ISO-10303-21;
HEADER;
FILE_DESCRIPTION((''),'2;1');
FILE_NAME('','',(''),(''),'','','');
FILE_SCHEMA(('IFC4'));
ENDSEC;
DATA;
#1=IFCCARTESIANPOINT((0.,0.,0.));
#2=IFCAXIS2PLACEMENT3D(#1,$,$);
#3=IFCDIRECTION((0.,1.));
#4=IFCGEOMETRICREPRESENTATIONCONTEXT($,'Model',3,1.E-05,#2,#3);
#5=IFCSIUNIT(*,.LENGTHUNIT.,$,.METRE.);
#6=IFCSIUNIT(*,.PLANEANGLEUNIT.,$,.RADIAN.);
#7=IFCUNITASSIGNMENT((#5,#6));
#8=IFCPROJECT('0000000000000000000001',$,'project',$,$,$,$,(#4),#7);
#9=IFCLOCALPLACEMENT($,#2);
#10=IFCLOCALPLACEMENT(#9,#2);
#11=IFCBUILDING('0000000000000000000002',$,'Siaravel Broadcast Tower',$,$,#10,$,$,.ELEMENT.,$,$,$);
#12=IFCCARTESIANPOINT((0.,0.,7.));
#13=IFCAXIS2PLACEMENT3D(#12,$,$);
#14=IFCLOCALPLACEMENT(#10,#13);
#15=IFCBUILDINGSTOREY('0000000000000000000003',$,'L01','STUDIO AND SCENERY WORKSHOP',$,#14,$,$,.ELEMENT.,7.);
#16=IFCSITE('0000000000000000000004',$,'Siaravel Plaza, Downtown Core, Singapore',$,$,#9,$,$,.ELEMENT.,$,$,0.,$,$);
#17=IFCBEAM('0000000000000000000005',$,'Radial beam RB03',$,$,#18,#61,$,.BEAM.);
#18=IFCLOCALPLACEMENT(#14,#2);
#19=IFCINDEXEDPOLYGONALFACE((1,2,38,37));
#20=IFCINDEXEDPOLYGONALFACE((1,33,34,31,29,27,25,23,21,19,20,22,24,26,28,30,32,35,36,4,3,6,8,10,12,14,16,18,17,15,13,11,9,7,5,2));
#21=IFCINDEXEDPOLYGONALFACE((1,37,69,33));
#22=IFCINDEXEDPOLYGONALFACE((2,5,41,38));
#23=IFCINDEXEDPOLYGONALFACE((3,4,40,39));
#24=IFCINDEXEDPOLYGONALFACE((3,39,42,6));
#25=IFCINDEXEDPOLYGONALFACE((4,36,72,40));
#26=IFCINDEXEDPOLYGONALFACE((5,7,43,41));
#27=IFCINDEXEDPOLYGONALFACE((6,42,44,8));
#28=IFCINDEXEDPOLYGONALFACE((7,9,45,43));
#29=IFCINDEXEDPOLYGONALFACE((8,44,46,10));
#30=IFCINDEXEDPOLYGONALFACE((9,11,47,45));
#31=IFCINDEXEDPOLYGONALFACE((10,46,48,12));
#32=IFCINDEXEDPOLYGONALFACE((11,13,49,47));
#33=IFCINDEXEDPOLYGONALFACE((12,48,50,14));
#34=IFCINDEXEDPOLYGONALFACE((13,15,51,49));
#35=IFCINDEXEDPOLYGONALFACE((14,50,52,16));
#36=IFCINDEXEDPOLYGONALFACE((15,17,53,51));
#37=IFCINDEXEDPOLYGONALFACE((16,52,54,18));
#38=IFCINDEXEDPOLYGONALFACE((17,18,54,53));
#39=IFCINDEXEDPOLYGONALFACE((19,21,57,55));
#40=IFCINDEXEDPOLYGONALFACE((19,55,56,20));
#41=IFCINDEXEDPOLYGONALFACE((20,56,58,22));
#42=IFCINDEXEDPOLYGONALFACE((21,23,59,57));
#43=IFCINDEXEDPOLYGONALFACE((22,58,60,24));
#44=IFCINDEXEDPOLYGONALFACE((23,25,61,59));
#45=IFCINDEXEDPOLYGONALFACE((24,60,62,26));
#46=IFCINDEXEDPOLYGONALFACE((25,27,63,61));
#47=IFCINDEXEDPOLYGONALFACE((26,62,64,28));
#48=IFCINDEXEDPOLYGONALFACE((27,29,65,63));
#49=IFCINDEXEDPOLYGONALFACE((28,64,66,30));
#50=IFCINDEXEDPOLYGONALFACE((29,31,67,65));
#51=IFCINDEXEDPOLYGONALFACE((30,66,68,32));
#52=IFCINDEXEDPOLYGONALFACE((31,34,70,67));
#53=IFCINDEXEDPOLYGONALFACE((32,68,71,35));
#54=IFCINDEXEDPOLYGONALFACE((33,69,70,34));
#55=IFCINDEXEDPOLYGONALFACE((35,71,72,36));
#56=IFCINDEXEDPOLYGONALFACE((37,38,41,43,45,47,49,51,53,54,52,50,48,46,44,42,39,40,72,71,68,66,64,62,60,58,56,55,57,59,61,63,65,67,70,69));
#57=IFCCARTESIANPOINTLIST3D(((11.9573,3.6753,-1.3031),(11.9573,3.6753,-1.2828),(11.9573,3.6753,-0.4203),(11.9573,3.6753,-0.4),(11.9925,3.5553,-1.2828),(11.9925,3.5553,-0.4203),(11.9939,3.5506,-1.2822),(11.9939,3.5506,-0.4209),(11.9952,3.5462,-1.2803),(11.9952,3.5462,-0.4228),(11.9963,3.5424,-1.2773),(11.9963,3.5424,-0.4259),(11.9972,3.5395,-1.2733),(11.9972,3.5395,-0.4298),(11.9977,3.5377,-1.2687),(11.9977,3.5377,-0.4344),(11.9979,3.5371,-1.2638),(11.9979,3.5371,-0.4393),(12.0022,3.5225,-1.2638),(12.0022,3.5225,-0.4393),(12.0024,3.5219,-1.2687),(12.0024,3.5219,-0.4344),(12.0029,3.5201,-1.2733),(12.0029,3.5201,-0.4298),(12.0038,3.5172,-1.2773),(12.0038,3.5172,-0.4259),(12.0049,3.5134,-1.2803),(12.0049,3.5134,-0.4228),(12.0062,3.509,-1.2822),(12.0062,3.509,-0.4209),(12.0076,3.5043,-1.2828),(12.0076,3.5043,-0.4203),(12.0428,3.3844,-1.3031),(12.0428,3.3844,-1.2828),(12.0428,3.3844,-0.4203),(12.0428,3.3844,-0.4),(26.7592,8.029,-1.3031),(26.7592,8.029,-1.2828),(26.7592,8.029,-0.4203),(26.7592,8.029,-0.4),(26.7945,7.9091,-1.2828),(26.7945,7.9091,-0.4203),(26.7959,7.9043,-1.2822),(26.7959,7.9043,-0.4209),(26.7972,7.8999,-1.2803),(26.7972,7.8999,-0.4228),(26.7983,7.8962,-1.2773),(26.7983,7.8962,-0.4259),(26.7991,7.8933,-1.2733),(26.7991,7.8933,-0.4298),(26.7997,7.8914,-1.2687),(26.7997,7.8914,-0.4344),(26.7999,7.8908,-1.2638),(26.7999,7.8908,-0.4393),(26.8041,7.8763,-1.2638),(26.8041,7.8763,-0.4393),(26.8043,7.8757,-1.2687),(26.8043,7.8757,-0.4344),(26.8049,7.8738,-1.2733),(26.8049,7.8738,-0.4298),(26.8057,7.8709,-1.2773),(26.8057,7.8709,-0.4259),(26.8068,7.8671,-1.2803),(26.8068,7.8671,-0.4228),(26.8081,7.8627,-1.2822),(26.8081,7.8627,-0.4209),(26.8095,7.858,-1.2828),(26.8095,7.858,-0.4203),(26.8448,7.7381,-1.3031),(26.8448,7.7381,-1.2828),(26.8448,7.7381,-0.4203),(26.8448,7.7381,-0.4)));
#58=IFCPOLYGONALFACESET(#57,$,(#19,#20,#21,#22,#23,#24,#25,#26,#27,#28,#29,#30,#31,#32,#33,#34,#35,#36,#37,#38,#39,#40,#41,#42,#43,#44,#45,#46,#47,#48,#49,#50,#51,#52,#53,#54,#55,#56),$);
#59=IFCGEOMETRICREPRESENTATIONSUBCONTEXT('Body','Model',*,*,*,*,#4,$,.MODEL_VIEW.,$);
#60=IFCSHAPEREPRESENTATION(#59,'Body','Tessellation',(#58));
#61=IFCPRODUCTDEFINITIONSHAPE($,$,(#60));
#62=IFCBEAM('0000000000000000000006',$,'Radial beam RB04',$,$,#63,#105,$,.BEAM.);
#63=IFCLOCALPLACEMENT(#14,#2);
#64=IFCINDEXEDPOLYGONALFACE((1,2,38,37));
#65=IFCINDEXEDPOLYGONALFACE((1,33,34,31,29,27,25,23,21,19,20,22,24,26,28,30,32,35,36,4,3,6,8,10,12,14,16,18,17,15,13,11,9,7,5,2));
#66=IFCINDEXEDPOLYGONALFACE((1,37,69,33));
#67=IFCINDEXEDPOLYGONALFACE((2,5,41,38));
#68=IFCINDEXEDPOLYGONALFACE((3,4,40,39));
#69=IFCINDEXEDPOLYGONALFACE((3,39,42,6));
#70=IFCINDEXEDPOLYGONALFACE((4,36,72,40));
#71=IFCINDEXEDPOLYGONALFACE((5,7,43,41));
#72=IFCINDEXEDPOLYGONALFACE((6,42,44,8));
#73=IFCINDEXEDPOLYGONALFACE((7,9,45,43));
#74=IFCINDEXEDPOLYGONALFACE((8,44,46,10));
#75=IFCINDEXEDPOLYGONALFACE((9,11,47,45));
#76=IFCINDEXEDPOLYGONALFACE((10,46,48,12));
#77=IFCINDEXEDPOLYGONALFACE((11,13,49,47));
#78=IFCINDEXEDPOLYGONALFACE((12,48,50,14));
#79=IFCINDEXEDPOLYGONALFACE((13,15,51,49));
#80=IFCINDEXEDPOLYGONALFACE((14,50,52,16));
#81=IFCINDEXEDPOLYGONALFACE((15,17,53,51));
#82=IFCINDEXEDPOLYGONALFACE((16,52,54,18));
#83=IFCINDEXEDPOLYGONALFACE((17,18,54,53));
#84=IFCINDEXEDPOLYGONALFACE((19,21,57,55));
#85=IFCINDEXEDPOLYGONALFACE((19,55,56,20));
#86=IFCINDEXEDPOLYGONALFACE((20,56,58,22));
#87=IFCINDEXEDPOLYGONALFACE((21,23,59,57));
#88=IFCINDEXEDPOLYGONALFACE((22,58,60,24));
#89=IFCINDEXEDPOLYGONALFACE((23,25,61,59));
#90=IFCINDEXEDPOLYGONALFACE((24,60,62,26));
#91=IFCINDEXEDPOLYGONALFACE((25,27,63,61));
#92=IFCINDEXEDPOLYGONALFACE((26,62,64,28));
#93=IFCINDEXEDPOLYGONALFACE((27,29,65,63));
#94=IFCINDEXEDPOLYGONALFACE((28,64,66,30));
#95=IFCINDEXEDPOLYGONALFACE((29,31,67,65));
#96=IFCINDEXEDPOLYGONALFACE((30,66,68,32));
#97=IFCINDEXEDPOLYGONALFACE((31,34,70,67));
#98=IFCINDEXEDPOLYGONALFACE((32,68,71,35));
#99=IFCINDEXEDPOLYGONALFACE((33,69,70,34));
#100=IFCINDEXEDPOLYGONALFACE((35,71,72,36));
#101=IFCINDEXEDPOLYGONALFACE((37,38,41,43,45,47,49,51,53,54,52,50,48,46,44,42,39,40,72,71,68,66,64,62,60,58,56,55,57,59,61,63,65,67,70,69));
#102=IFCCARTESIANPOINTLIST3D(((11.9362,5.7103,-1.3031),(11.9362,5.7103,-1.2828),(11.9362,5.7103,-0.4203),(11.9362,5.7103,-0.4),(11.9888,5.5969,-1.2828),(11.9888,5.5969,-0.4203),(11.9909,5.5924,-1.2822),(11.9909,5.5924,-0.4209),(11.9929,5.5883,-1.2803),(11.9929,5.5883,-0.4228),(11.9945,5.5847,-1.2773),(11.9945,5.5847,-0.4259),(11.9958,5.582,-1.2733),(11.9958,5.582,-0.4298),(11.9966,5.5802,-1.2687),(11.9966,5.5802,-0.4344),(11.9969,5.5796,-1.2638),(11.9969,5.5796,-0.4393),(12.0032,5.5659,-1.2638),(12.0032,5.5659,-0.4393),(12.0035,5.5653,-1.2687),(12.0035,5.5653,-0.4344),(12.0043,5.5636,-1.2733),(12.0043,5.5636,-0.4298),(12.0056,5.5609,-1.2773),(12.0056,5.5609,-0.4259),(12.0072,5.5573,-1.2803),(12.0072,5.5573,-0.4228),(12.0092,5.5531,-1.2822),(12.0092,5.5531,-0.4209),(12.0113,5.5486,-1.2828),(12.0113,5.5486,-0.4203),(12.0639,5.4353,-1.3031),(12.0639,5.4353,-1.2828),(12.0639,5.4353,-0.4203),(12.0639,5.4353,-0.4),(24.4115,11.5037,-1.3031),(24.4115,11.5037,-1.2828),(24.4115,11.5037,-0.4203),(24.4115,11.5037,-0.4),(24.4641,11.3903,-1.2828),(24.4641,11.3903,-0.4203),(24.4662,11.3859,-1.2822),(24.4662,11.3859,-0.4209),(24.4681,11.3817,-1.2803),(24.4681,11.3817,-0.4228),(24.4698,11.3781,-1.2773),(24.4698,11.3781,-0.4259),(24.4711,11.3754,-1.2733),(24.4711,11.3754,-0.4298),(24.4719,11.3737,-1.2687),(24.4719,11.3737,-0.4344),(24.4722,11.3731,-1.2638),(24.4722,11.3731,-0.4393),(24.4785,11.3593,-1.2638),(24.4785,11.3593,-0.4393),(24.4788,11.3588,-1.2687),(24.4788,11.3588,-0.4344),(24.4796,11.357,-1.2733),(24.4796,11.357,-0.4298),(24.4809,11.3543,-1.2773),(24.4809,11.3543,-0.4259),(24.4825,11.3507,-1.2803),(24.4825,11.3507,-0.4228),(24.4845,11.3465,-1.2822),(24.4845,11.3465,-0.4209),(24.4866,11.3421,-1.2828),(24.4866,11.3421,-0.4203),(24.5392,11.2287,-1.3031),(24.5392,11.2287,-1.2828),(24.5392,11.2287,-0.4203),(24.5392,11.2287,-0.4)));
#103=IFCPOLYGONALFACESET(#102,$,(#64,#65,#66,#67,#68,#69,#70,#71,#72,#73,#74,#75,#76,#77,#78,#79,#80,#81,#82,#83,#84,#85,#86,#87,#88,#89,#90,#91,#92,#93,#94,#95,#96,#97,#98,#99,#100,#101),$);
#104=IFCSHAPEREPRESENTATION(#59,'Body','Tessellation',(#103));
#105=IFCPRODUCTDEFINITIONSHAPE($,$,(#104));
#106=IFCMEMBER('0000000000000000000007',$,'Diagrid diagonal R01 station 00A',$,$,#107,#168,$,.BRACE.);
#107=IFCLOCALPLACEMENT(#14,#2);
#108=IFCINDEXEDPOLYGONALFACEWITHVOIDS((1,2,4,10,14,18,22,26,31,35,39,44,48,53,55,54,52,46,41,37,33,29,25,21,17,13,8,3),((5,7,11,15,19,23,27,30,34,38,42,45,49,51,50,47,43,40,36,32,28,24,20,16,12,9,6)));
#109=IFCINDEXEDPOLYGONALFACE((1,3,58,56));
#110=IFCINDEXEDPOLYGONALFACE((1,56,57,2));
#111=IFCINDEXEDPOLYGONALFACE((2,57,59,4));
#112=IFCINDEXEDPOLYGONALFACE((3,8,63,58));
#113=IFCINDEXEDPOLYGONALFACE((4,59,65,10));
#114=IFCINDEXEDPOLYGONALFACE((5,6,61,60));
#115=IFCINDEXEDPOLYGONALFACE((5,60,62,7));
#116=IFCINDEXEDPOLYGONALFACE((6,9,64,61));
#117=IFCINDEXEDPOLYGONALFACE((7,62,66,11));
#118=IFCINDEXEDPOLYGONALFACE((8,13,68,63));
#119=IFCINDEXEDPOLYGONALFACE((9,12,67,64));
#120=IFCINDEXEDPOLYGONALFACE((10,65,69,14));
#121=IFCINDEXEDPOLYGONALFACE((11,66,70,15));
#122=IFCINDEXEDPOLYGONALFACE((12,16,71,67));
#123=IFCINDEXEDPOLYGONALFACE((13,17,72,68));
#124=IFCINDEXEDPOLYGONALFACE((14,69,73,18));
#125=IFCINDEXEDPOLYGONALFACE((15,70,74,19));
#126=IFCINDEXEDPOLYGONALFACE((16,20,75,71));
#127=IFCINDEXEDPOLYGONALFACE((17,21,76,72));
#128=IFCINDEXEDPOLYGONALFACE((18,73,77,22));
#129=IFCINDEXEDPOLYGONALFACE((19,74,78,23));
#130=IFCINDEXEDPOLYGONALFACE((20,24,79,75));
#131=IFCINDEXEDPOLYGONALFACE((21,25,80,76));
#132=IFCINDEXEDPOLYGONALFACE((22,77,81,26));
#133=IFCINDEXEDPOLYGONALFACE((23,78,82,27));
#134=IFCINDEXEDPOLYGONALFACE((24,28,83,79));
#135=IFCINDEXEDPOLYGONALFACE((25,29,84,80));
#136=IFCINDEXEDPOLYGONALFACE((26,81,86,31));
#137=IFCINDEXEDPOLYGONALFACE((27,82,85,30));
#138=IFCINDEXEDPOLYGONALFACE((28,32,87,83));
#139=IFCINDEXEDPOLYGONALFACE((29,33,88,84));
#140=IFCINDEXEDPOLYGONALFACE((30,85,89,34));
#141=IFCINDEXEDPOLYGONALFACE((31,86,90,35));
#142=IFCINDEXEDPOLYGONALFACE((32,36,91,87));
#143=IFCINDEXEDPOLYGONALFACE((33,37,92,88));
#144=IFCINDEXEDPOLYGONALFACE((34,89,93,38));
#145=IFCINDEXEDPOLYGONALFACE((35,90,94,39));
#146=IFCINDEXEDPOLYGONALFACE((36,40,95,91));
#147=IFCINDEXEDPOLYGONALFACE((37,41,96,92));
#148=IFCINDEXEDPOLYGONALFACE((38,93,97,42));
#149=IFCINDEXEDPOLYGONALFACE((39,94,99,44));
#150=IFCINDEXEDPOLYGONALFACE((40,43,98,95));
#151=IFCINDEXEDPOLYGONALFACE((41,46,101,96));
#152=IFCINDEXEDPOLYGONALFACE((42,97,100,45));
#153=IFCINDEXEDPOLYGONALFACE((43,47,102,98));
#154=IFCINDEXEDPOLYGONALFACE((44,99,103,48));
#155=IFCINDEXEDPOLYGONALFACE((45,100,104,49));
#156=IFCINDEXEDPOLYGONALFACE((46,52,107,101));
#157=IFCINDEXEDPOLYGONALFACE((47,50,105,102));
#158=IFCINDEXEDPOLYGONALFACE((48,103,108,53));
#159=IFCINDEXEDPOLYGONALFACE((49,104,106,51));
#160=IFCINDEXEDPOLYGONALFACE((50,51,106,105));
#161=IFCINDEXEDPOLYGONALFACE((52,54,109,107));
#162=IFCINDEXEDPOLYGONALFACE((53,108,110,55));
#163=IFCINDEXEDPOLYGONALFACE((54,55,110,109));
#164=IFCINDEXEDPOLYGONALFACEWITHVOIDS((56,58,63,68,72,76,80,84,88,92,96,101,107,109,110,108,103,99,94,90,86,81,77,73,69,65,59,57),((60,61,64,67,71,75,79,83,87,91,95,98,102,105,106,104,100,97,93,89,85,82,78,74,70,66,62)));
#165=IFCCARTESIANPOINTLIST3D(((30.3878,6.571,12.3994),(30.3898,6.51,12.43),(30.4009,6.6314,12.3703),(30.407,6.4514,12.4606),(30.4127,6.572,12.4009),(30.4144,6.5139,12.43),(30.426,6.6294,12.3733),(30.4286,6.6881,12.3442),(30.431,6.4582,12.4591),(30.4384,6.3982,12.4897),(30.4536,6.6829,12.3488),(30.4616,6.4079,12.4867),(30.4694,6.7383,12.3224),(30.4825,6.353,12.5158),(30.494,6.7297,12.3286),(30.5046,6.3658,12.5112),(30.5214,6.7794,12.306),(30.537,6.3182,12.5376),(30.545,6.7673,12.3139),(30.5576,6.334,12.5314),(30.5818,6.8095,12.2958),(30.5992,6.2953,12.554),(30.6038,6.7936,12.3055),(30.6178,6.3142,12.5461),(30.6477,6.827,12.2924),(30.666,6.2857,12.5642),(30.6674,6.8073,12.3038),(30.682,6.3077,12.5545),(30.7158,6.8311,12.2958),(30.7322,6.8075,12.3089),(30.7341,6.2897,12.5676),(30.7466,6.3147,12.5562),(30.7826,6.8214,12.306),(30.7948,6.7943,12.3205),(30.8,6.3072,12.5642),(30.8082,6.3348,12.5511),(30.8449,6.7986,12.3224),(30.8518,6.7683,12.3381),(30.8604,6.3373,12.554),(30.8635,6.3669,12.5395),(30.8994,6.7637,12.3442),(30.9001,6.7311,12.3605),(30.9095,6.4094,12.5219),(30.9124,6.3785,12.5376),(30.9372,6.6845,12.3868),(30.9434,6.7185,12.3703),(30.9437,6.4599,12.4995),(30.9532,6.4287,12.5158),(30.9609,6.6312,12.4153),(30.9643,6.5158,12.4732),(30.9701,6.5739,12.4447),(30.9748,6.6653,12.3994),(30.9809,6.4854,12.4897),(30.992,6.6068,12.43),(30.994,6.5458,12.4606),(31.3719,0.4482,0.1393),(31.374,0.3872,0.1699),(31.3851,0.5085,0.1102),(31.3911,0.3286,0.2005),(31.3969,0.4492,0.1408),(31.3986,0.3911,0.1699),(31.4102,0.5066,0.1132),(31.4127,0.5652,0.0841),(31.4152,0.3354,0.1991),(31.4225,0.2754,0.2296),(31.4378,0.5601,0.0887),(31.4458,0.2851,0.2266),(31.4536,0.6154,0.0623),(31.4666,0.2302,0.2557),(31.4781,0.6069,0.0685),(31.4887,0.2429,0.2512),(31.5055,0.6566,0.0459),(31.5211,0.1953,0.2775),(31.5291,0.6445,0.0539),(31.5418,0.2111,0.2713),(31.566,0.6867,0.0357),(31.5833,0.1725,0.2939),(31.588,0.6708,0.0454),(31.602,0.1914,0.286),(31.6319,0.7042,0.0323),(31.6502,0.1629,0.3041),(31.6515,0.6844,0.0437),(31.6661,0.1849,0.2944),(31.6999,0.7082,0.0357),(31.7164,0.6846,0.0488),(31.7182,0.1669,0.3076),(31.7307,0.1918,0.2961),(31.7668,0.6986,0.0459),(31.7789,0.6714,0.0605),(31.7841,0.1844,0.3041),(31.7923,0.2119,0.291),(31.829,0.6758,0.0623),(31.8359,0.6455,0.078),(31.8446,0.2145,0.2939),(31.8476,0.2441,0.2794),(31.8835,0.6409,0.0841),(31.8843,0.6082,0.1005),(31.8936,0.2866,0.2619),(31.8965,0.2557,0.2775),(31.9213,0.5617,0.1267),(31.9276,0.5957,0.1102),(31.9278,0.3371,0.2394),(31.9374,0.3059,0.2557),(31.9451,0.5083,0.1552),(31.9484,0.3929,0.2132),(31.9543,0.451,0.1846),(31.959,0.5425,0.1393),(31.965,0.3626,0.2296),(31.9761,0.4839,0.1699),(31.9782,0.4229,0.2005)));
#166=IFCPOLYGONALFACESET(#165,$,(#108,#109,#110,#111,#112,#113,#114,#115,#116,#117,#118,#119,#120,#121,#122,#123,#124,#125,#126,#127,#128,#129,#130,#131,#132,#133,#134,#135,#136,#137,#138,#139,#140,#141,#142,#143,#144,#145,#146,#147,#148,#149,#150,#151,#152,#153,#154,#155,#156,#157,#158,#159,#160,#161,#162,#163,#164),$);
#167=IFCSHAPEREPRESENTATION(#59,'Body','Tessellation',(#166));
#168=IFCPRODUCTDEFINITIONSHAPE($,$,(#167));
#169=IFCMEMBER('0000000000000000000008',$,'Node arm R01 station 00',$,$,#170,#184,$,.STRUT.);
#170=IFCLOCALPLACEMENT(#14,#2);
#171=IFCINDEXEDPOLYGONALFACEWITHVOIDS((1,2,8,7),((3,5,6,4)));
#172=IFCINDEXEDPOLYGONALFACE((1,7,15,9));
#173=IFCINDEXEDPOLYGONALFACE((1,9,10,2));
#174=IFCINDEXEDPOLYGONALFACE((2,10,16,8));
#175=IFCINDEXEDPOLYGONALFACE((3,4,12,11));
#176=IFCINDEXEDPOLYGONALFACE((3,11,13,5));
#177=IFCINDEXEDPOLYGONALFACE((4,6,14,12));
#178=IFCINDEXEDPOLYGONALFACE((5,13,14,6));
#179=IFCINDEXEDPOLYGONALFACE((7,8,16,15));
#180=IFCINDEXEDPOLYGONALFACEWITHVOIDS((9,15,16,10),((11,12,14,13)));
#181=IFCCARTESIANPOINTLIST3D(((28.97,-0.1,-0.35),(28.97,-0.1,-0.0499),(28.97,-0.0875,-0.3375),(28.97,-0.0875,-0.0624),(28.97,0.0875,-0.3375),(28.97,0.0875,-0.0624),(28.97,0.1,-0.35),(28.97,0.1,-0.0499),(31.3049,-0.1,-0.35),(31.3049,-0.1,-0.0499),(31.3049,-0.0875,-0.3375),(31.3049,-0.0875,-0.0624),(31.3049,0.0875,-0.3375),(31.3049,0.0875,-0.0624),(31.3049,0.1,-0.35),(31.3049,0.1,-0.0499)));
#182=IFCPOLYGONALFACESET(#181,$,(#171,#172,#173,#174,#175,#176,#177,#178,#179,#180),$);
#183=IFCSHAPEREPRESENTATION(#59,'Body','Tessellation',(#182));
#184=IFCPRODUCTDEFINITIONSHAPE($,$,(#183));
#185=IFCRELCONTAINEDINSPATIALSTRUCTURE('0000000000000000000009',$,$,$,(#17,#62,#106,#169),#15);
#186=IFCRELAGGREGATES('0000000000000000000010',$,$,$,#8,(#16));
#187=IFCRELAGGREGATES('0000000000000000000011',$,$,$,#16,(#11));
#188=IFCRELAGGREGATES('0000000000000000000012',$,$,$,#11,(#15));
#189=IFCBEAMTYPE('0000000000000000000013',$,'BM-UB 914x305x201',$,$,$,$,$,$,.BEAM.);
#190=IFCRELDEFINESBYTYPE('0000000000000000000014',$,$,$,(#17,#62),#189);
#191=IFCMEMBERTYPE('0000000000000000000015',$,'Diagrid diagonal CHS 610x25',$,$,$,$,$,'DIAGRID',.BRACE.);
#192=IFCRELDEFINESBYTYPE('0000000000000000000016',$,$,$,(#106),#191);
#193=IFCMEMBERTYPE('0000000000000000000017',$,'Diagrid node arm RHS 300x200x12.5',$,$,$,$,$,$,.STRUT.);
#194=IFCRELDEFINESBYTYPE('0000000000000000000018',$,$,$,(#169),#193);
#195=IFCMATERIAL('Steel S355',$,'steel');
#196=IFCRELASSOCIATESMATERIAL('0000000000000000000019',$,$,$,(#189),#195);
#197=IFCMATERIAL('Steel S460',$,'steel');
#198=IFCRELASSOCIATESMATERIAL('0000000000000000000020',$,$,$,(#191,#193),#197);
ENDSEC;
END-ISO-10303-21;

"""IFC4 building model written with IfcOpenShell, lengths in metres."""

from ifc_helpers import new_model, si_unit, direction, frame, origin, origin_2d, place, context, subcontext, project, spatial, hollow_rectangle, hollow_circle, i_section, extrude, material, material_profile, profile_set, type_object, element, save


model = new_model("IFC4")

# Units and contexts
model_context = context("Model", 3, precision=1e-05, world=origin(), true_north=direction((0.0, 1.0)))
body_context = subcontext(model_context, "Body", "Model", "MODEL_VIEW")
ifc_project = project(units=[si_unit("LENGTHUNIT", "METRE"), si_unit("PLANEANGLEUNIT", "RADIAN")], contexts=[model_context])

# Site, building, storey
site_placement = place(None, origin())
site = spatial("IfcSite", under=ifc_project, at=site_placement, Name="Siaravel Plaza, Downtown Core, Singapore", CompositionType="ELEMENT", RefElevation=0.0)
building_placement = place(site_placement, origin())
building = spatial("IfcBuilding", under=site, at=building_placement, Name="Siaravel Broadcast Tower", CompositionType="ELEMENT")
storey_placement = place(building_placement, frame((0.0, 0.0, 7.0)))
storey = spatial("IfcBuildingStorey", under=building, at=storey_placement, Name="L01", Description="STUDIO AND SCENERY WORKSHOP", CompositionType="ELEMENT", Elevation=7.0)

# Beams
ifc_material_1 = material(Name="Steel S355", Category="steel")
ifc_material_profile_1 = material_profile(ifc_material_1, i_section(OverallWidth=0.3032, OverallDepth=0.9031, WebThickness=0.0151, FlangeThickness=0.0203, FilletRadius=0.019, at=origin_2d()))
ifc_profile_set_1 = profile_set([ifc_material_profile_1], Name="Steel S355")
beam_type = type_object("IfcBeamType", Name="BM-UB 914x305x201", PredefinedType="BEAM", material=ifc_profile_set_1)
beam_1_placement = place(storey_placement, frame((26.802, 7.8835, -0.8516), z_axis=(-0.959361, -0.28218, 0.0), x_axis=(0.28218, -0.959361, 0.0)))
element("IfcBeam", 1, at=beam_1_placement, inside=storey, type_object=beam_type, Name="Radial beam RB03", PredefinedType="BEAM", context=body_context, shape_type="SweptSolid", body=[
    extrude(i_section(OverallWidth=0.3032, OverallDepth=0.9031, WebThickness=0.0151, FlangeThickness=0.0203, FilletRadius=0.019, at=origin_2d()), origin(), (0.0, 0.0, 1.0), 15.429),
])
beam_2_placement = place(storey_placement, frame((24.4753, 11.3662, -0.8516), z_axis=(-0.906972, -0.421191, 0.0), x_axis=(0.421191, -0.906972, 0.0)))
element("IfcBeam", 2, at=beam_2_placement, inside=storey, type_object=beam_type, Name="Radial beam RB04", PredefinedType="BEAM", context=body_context, shape_type="SweptSolid", body=[
    extrude(i_section(OverallWidth=0.3032, OverallDepth=0.9031, WebThickness=0.0151, FlangeThickness=0.0203, FilletRadius=0.019, at=origin_2d()), origin(), (0.0, 0.0, 1.0), 13.7549),
])

# Members
ifc_material_2 = material(Name="Steel S460", Category="steel")
ifc_material_profile_2 = material_profile(ifc_material_2, hollow_circle(Radius=0.3049, WallThickness=0.0249, at=origin_2d()))
ifc_profile_set_2 = profile_set([ifc_material_profile_2], Name="Steel S460")
member_type_1 = type_object("IfcMemberType", Name="Diagrid diagonal CHS 610x25", ElementType="DIAGRID", PredefinedType="BRACE", material=ifc_profile_set_2)
member_1_placement = place(storey_placement, frame((31.675, 0.4355, 0.1699), z_axis=(-0.07163, 0.445645, 0.892339), x_axis=(-0.987328, -0.158695, 0.0)))
element("IfcMember", 3, at=member_1_placement, inside=storey, type_object=member_type_1, Name="Diagrid diagonal R01 station 00A", PredefinedType="BRACE", context=body_context, shape_type="SweptSolid", body=[
    extrude(hollow_circle(Radius=0.3049, WallThickness=0.0249, at=origin_2d()), origin(), (0.0, 0.0, 1.0), 13.7393),
])
ifc_material_profile_3 = material_profile(ifc_material_2, hollow_rectangle(XDim=0.2, YDim=0.3, WallThickness=0.0125, at=origin_2d()))
ifc_profile_set_3 = profile_set([ifc_material_profile_3], Name="Steel S460")
member_type_2 = type_object("IfcMemberType", Name="Diagrid node arm RHS 300x200x12.5", PredefinedType="STRUT", material=ifc_profile_set_3)
member_2_placement = place(storey_placement, frame((28.97, 0.0, -0.2), z_axis=(1.0, 0.0, 0.0), x_axis=(0.0, 1.0, 0.0)))
element("IfcMember", 4, at=member_2_placement, inside=storey, type_object=member_type_2, Name="Node arm R01 station 00", PredefinedType="STRUT", context=body_context, shape_type="SweptSolid", body=[
    extrude(hollow_rectangle(XDim=0.2, YDim=0.3, WallThickness=0.0125, at=origin_2d()), origin(), (0.0, 0.0, 1.0), 2.335),
])

save(model, "model.ifc")
